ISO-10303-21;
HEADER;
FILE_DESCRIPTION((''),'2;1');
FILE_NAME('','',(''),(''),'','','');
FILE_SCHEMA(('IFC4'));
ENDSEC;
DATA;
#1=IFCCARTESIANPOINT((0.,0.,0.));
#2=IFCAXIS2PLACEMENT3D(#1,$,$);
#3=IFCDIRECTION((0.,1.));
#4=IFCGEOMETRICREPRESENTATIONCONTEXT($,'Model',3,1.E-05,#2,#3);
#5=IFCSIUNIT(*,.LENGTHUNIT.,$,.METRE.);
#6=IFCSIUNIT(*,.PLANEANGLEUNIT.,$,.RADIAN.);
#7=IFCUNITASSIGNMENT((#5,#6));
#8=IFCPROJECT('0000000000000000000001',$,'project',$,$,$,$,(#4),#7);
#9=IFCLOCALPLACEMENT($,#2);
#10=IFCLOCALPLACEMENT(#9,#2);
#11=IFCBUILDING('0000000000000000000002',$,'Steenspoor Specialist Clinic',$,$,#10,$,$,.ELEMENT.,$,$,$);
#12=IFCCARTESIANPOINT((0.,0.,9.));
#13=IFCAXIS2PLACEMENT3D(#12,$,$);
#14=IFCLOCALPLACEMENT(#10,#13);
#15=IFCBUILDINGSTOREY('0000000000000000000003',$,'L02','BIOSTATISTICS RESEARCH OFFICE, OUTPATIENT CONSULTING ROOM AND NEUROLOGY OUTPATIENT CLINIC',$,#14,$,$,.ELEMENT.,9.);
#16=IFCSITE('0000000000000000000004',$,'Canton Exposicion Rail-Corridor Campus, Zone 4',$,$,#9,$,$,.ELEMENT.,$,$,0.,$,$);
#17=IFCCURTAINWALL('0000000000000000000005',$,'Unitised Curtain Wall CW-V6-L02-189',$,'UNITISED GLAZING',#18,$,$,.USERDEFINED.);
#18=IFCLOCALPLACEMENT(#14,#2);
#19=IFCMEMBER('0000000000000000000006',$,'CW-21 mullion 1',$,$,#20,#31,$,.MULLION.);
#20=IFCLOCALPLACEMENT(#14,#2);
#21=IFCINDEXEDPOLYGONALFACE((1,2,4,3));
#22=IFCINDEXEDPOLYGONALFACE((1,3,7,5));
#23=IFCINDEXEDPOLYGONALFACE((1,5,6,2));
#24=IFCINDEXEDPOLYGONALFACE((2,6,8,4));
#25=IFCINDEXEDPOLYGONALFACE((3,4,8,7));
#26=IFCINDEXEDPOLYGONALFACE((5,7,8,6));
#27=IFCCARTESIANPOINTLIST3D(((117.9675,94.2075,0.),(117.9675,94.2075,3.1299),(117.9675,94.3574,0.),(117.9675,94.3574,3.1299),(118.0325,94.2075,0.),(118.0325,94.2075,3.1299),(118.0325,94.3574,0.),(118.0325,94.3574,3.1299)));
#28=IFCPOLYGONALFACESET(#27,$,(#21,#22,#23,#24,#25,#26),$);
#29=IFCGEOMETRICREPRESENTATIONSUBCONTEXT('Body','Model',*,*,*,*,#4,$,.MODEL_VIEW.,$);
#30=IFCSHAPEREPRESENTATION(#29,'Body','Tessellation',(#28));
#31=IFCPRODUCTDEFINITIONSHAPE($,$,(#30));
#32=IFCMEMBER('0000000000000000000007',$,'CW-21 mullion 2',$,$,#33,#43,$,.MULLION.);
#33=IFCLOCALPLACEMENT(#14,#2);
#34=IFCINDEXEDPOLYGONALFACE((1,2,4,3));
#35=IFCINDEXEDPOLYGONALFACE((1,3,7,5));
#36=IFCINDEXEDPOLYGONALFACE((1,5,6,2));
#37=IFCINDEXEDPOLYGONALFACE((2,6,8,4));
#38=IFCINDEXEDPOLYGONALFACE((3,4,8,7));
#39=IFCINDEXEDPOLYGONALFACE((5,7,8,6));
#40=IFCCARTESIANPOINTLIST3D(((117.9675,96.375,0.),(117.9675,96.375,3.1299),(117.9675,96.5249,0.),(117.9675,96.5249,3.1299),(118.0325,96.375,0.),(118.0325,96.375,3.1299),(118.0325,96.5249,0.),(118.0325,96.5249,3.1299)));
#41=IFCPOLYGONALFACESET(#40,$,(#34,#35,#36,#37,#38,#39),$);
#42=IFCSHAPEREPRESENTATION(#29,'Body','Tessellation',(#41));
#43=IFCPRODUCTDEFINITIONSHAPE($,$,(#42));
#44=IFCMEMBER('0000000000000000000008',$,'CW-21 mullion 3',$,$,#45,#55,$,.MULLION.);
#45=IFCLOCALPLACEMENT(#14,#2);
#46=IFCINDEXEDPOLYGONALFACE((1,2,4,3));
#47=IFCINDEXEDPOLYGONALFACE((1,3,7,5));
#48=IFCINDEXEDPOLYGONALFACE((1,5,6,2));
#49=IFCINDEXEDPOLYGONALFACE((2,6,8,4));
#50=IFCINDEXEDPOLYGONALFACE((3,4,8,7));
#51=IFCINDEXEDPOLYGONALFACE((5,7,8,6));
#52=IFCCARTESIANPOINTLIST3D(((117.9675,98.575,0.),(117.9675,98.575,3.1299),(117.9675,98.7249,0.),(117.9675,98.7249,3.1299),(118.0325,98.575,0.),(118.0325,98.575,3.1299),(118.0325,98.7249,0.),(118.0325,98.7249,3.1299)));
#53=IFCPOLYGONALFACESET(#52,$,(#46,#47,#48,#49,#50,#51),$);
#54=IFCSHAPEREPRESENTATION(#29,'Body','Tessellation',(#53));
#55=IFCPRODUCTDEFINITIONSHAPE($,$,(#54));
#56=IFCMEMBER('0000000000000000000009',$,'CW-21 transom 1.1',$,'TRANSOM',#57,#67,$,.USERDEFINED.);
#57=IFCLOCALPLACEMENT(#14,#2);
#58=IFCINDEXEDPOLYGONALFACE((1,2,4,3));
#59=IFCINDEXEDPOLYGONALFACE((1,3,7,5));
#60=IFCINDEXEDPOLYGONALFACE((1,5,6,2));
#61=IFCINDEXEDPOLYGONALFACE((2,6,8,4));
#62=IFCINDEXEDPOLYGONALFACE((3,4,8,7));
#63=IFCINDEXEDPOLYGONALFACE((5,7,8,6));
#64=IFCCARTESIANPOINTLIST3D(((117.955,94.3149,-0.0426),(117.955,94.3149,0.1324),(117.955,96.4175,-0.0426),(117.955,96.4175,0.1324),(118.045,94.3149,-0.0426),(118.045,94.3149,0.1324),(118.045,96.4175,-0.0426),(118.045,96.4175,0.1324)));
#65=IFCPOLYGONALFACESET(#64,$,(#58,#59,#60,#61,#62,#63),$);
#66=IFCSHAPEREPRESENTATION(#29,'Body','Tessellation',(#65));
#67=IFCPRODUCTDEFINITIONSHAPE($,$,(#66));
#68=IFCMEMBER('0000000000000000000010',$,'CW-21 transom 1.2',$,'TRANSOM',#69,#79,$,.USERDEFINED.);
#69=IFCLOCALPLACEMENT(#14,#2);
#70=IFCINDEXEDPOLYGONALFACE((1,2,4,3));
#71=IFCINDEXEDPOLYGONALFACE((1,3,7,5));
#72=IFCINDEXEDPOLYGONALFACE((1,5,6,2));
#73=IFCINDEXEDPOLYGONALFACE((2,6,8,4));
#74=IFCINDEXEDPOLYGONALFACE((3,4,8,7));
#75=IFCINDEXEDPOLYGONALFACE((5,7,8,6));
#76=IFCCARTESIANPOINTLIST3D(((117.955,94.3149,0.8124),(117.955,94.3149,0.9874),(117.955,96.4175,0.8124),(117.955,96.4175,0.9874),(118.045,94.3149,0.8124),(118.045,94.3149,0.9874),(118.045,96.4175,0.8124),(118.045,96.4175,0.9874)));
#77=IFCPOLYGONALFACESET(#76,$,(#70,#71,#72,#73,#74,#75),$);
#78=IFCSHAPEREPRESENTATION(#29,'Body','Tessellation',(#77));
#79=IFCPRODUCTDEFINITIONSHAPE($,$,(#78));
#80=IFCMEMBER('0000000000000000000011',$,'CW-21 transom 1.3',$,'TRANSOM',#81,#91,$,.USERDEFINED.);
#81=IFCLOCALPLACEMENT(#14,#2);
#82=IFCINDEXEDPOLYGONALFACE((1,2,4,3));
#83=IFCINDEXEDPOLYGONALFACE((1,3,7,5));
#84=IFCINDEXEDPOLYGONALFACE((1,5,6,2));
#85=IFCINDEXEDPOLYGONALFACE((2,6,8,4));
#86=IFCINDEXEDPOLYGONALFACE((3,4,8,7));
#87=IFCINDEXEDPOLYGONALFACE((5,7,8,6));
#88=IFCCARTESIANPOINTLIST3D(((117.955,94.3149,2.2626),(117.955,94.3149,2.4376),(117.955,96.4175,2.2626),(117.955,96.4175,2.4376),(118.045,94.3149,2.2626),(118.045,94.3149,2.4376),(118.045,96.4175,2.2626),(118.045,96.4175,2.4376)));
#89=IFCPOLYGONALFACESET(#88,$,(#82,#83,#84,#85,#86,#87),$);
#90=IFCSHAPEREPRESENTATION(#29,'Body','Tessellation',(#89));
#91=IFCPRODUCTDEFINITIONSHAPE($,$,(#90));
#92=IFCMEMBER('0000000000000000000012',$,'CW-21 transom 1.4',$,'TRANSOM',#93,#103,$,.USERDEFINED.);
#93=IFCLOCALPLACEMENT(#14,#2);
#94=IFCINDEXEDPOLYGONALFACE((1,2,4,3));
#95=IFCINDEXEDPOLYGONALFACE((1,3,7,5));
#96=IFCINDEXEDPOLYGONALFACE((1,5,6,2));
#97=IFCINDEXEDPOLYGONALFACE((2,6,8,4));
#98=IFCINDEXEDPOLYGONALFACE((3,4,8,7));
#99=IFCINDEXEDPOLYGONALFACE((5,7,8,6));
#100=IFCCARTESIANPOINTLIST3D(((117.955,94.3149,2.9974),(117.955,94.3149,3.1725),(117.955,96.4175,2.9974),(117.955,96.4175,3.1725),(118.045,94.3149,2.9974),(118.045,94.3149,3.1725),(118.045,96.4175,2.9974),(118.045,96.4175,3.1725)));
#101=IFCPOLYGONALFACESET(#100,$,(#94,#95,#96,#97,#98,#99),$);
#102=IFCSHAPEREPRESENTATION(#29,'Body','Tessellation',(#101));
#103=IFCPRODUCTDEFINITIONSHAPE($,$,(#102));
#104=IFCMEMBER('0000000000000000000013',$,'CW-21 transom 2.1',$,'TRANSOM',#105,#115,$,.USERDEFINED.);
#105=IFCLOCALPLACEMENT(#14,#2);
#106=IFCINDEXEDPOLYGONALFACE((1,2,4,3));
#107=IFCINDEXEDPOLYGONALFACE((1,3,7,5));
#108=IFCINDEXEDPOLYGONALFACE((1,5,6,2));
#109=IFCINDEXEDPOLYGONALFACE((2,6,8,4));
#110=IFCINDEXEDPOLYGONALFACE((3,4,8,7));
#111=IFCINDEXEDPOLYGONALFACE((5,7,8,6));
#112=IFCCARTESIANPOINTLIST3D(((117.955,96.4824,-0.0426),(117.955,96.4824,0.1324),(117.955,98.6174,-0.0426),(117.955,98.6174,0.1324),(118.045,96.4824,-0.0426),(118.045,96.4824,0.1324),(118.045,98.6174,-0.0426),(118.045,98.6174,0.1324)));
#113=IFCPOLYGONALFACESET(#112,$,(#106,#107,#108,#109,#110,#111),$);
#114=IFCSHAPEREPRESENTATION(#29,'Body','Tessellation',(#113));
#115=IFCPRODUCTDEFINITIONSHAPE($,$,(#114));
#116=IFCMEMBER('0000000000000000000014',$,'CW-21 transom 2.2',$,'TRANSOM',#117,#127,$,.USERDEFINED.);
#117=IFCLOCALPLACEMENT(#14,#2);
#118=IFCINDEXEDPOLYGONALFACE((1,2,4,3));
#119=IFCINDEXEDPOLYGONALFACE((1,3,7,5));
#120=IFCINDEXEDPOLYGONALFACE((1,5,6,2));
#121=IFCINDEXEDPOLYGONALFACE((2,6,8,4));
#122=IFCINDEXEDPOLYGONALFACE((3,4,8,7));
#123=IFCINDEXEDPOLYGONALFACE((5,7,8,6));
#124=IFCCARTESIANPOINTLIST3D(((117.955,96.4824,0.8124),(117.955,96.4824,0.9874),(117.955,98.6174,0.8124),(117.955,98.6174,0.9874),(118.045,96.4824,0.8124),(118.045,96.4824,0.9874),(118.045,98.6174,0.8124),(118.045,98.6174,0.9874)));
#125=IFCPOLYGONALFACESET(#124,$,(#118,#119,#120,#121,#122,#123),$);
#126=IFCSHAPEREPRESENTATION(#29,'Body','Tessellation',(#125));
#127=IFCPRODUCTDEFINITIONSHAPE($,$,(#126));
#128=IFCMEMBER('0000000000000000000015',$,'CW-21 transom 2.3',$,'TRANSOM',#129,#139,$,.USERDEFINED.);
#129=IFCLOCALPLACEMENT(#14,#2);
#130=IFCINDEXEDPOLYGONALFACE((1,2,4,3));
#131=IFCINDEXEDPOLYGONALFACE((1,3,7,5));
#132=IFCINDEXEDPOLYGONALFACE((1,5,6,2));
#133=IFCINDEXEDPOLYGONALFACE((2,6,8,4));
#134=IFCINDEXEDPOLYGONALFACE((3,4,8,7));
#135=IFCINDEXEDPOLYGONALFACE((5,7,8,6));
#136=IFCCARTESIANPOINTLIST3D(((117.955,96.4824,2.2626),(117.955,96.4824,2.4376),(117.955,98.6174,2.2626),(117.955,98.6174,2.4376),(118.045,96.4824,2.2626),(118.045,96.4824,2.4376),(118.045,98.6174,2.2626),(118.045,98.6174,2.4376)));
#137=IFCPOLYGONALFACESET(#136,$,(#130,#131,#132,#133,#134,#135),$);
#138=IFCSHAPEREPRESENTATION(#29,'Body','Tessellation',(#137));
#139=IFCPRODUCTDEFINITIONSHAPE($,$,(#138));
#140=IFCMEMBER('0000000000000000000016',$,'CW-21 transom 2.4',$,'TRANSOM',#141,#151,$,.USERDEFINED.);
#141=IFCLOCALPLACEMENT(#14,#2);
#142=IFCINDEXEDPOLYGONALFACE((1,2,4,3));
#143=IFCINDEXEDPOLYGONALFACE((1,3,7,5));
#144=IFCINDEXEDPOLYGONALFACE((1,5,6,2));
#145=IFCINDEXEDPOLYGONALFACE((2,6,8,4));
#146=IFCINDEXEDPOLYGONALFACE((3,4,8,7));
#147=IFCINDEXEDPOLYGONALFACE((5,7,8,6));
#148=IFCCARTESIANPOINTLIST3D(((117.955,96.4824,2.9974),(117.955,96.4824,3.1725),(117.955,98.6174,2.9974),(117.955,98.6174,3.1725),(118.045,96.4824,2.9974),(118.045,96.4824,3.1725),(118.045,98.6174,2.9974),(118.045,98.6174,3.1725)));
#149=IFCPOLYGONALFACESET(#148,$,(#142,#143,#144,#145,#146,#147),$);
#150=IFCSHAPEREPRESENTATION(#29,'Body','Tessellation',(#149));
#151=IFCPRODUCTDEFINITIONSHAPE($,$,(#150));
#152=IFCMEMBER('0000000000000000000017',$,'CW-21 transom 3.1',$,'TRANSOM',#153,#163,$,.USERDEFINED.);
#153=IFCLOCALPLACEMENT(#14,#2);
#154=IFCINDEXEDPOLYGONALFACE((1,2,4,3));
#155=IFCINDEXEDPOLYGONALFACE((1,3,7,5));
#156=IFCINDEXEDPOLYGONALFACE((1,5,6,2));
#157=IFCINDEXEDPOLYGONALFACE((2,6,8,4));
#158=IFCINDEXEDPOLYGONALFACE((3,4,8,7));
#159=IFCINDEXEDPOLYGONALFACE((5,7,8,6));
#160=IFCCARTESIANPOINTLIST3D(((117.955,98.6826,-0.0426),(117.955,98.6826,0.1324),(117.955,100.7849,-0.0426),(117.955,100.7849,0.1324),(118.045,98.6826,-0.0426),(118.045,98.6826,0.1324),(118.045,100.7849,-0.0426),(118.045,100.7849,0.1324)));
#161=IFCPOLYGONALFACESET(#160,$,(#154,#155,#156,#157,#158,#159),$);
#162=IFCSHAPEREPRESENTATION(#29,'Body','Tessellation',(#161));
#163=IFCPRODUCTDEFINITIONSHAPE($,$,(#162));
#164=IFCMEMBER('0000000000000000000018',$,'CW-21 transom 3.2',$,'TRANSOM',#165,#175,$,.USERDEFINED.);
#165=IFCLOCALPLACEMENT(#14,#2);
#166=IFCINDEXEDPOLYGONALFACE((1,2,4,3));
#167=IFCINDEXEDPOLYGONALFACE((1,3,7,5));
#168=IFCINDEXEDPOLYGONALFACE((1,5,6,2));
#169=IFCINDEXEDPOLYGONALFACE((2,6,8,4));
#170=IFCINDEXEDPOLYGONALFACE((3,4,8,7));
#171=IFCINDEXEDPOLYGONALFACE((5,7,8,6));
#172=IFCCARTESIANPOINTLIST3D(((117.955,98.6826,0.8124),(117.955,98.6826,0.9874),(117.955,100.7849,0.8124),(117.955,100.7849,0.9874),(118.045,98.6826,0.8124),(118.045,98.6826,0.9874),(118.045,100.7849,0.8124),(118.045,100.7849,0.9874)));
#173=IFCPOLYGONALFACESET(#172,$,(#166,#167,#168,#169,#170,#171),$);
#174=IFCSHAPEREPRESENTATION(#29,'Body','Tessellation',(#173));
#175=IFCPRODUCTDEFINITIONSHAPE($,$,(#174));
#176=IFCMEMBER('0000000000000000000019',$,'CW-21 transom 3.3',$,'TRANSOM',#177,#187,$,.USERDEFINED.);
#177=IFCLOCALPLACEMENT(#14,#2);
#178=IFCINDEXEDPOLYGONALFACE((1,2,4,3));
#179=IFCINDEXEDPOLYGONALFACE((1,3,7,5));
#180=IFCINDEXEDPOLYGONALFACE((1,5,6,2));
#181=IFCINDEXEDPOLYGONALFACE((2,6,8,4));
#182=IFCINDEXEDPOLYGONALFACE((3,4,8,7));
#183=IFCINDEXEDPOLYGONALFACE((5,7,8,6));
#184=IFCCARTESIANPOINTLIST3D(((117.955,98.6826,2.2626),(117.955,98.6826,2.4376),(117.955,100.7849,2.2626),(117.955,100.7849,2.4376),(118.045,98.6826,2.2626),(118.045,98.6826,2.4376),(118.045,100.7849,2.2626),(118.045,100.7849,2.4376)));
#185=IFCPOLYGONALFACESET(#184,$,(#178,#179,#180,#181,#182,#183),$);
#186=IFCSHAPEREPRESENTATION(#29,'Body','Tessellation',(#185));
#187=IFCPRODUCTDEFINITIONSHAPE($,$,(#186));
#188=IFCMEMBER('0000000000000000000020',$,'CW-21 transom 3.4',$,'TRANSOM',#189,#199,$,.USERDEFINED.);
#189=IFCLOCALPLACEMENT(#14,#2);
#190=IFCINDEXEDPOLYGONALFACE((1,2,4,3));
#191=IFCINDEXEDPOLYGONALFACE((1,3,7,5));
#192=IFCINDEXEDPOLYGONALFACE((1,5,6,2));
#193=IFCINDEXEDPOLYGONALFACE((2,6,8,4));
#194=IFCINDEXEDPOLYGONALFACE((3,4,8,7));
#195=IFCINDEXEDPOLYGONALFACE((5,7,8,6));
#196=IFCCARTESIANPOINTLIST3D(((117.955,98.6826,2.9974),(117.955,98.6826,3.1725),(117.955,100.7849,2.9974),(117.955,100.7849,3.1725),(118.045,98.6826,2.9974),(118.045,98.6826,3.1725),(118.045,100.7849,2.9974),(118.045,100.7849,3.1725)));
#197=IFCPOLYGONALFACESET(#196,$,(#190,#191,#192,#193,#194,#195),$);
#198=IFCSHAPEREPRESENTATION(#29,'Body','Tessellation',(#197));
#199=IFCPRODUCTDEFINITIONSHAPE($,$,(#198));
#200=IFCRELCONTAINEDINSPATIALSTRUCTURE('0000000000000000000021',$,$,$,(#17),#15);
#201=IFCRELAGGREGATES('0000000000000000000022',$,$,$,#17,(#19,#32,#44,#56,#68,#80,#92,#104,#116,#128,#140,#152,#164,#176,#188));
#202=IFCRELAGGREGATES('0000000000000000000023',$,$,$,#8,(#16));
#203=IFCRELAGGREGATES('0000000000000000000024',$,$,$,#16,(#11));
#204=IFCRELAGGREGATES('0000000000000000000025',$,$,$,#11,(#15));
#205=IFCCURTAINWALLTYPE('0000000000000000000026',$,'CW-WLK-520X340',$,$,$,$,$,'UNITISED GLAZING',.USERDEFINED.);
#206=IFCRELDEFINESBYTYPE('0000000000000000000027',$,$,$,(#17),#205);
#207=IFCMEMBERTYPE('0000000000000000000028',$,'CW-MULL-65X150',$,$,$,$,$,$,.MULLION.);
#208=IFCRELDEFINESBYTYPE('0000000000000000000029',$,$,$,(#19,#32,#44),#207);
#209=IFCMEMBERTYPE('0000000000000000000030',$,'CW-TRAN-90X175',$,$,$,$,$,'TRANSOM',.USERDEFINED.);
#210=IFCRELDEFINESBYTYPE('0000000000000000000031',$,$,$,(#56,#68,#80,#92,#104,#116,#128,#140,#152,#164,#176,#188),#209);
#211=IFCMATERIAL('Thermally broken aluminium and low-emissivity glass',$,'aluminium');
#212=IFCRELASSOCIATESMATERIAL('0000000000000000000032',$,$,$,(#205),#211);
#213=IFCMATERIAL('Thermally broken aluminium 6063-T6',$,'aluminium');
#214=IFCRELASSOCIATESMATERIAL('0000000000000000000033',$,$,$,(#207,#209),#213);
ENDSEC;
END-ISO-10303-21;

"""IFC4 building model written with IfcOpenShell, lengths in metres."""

from ifc_helpers import new_model, si_unit, direction, frame, origin, origin_2d, place, context, subcontext, project, spatial, rectangle, extrude, material, material_profile, profile_set, type_object, element, aggregate, save


model = new_model("IFC4")

# Units and contexts
model_context = context("Model", 3, precision=1e-05, world=origin(), true_north=direction((0.0, 1.0)))
body_context = subcontext(model_context, "Body", "Model", "MODEL_VIEW")
ifc_project = project(units=[si_unit("LENGTHUNIT", "METRE"), si_unit("PLANEANGLEUNIT", "RADIAN")], contexts=[model_context])

# Site, building, storey
site_placement = place(None, origin())
site = spatial("IfcSite", under=ifc_project, at=site_placement, Name="Canton Exposicion Rail-Corridor Campus, Zone 4", CompositionType="ELEMENT", RefElevation=0.0)
building_placement = place(site_placement, origin())
building = spatial("IfcBuilding", under=site, at=building_placement, Name="Steenspoor Specialist Clinic", CompositionType="ELEMENT")
storey_placement = place(building_placement, frame((0.0, 0.0, 9.0)))
storey = spatial("IfcBuildingStorey", under=building, at=storey_placement, Name="L02", Description="BIOSTATISTICS RESEARCH OFFICE, OUTPATIENT CONSULTING ROOM AND NEUROLOGY OUTPATIENT CLINIC", CompositionType="ELEMENT", Elevation=9.0)

# Curtain wall, members
ifc_material_1 = material(Name="Thermally broken aluminium and low-emissivity glass", Category="aluminium")
curtain_wall_type = type_object("IfcCurtainWallType", Name="CW-WLK-520X340", ElementType="UNITISED GLAZING", PredefinedType="USERDEFINED", material=ifc_material_1)
curtain_wall_placement = place(storey_placement, origin())
curtain_wall = element("IfcCurtainWall", 1, at=curtain_wall_placement, inside=storey, type_object=curtain_wall_type, Name="Unitised Curtain Wall CW-V6-L02-189", ObjectType="UNITISED GLAZING", PredefinedType="USERDEFINED")
ifc_material_2 = material(Name="Thermally broken aluminium 6063-T6", Category="aluminium")
ifc_material_profile_1 = material_profile(ifc_material_2, rectangle(XDim=0.0649, YDim=0.1499, at=origin_2d()), Name="CWM-65X150")
ifc_profile_set_1 = profile_set([ifc_material_profile_1], Name="Thermally broken aluminium 6063-T6")
member_type_1 = type_object("IfcMemberType", Name="CW-MULL-65X150", PredefinedType="MULLION", material=ifc_profile_set_1)
member_1_placement = place(storey_placement, frame((118.0, 94.2825, 0.0), z_axis=(0.0, 0.0, 1.0), x_axis=(-1.0, 0.0, 0.0)))
member_1 = element("IfcMember", 2, at=member_1_placement, type_object=member_type_1, Name="CW-21 mullion 1", PredefinedType="MULLION", context=body_context, shape_type="SweptSolid", body=[
    extrude(rectangle(XDim=0.0649, YDim=0.1499, at=origin_2d()), origin(), (0.0, 0.0, 1.0), 3.1299),
])
member_2_placement = place(storey_placement, frame((118.0, 96.45, 0.0), z_axis=(0.0, 0.0, 1.0), x_axis=(-1.0, 0.0, 0.0)))
member_2 = element("IfcMember", 3, at=member_2_placement, type_object=member_type_1, Name="CW-21 mullion 2", PredefinedType="MULLION", context=body_context, shape_type="SweptSolid", body=[
    extrude(rectangle(XDim=0.0649, YDim=0.1499, at=origin_2d()), origin(), (0.0, 0.0, 1.0), 3.1299),
])
member_3_placement = place(storey_placement, frame((118.0, 98.6499, 0.0), z_axis=(0.0, 0.0, 1.0), x_axis=(-1.0, 0.0, 0.0)))
member_3 = element("IfcMember", 4, at=member_3_placement, type_object=member_type_1, Name="CW-21 mullion 3", PredefinedType="MULLION", context=body_context, shape_type="SweptSolid", body=[
    extrude(rectangle(XDim=0.0649, YDim=0.1499, at=origin_2d()), origin(), (0.0, 0.0, 1.0), 3.1299),
])
ifc_material_profile_2 = material_profile(ifc_material_2, rectangle(XDim=0.0901, YDim=0.175, at=origin_2d()), Name="CWT-90X175")
ifc_profile_set_2 = profile_set([ifc_material_profile_2], Name="Thermally broken aluminium 6063-T6")
member_type_2 = type_object("IfcMemberType", Name="CW-TRAN-90X175", ElementType="TRANSOM", PredefinedType="USERDEFINED", material=ifc_profile_set_2)
member_4_placement = place(storey_placement, frame((118.0, 94.3149, 0.0449), z_axis=(0.0, 1.0, 0.0), x_axis=(-1.0, 0.0, 0.0)))
member_4 = element("IfcMember", 5, at=member_4_placement, type_object=member_type_2, Name="CW-21 transom 1.1", ObjectType="TRANSOM", PredefinedType="USERDEFINED", context=body_context, shape_type="SweptSolid", body=[
    extrude(rectangle(XDim=0.0901, YDim=0.175, at=origin_2d()), origin(), (0.0, 0.0, 1.0), 2.1025),
])
member_5_placement = place(storey_placement, frame((118.0, 94.3149, 0.8999), z_axis=(0.0, 1.0, 0.0), x_axis=(-1.0, 0.0, 0.0)))
member_5 = element("IfcMember", 6, at=member_5_placement, type_object=member_type_2, Name="CW-21 transom 1.2", ObjectType="TRANSOM", PredefinedType="USERDEFINED", context=body_context, shape_type="SweptSolid", body=[
    extrude(rectangle(XDim=0.0901, YDim=0.175, at=origin_2d()), origin(), (0.0, 0.0, 1.0), 2.1025),
])
member_6_placement = place(storey_placement, frame((118.0, 94.3149, 2.3501), z_axis=(0.0, 1.0, 0.0), x_axis=(-1.0, 0.0, 0.0)))
member_6 = element("IfcMember", 7, at=member_6_placement, type_object=member_type_2, Name="CW-21 transom 1.3", ObjectType="TRANSOM", PredefinedType="USERDEFINED", context=body_context, shape_type="SweptSolid", body=[
    extrude(rectangle(XDim=0.0901, YDim=0.175, at=origin_2d()), origin(), (0.0, 0.0, 1.0), 2.1025),
])
member_7_placement = place(storey_placement, frame((118.0, 94.3149, 3.085), z_axis=(0.0, 1.0, 0.0), x_axis=(-1.0, 0.0, 0.0)))
member_7 = element("IfcMember", 8, at=member_7_placement, type_object=member_type_2, Name="CW-21 transom 1.4", ObjectType="TRANSOM", PredefinedType="USERDEFINED", context=body_context, shape_type="SweptSolid", body=[
    extrude(rectangle(XDim=0.0901, YDim=0.175, at=origin_2d()), origin(), (0.0, 0.0, 1.0), 2.1025),
])
member_8_placement = place(storey_placement, frame((118.0, 96.4824, 0.0449), z_axis=(0.0, 1.0, 0.0), x_axis=(-1.0, 0.0, 0.0)))
member_8 = element("IfcMember", 9, at=member_8_placement, type_object=member_type_2, Name="CW-21 transom 2.1", ObjectType="TRANSOM", PredefinedType="USERDEFINED", context=body_context, shape_type="SweptSolid", body=[
    extrude(rectangle(XDim=0.0901, YDim=0.175, at=origin_2d()), origin(), (0.0, 0.0, 1.0), 2.135),
])
member_9_placement = place(storey_placement, frame((118.0, 96.4824, 0.8999), z_axis=(0.0, 1.0, 0.0), x_axis=(-1.0, 0.0, 0.0)))
member_9 = element("IfcMember", 10, at=member_9_placement, type_object=member_type_2, Name="CW-21 transom 2.2", ObjectType="TRANSOM", PredefinedType="USERDEFINED", context=body_context, shape_type="SweptSolid", body=[
    extrude(rectangle(XDim=0.0901, YDim=0.175, at=origin_2d()), origin(), (0.0, 0.0, 1.0), 2.135),
])
member_10_placement = place(storey_placement, frame((118.0, 96.4824, 2.3501), z_axis=(0.0, 1.0, 0.0), x_axis=(-1.0, 0.0, 0.0)))
member_10 = element("IfcMember", 11, at=member_10_placement, type_object=member_type_2, Name="CW-21 transom 2.3", ObjectType="TRANSOM", PredefinedType="USERDEFINED", context=body_context, shape_type="SweptSolid", body=[
    extrude(rectangle(XDim=0.0901, YDim=0.175, at=origin_2d()), origin(), (0.0, 0.0, 1.0), 2.135),
])
member_11_placement = place(storey_placement, frame((118.0, 96.4824, 3.085), z_axis=(0.0, 1.0, 0.0), x_axis=(-1.0, 0.0, 0.0)))
member_11 = element("IfcMember", 12, at=member_11_placement, type_object=member_type_2, Name="CW-21 transom 2.4", ObjectType="TRANSOM", PredefinedType="USERDEFINED", context=body_context, shape_type="SweptSolid", body=[
    extrude(rectangle(XDim=0.0901, YDim=0.175, at=origin_2d()), origin(), (0.0, 0.0, 1.0), 2.135),
])
member_12_placement = place(storey_placement, frame((118.0, 98.6826, 0.0449), z_axis=(0.0, 1.0, 0.0), x_axis=(-1.0, 0.0, 0.0)))
member_12 = element("IfcMember", 13, at=member_12_placement, type_object=member_type_2, Name="CW-21 transom 3.1", ObjectType="TRANSOM", PredefinedType="USERDEFINED", context=body_context, shape_type="SweptSolid", body=[
    extrude(rectangle(XDim=0.0901, YDim=0.175, at=origin_2d()), origin(), (0.0, 0.0, 1.0), 2.1023),
])
member_13_placement = place(storey_placement, frame((118.0, 98.6826, 0.8999), z_axis=(0.0, 1.0, 0.0), x_axis=(-1.0, 0.0, 0.0)))
member_13 = element("IfcMember", 14, at=member_13_placement, type_object=member_type_2, Name="CW-21 transom 3.2", ObjectType="TRANSOM", PredefinedType="USERDEFINED", context=body_context, shape_type="SweptSolid", body=[
    extrude(rectangle(XDim=0.0901, YDim=0.175, at=origin_2d()), origin(), (0.0, 0.0, 1.0), 2.1023),
])
member_14_placement = place(storey_placement, frame((118.0, 98.6826, 2.3501), z_axis=(0.0, 1.0, 0.0), x_axis=(-1.0, 0.0, 0.0)))
member_14 = element("IfcMember", 15, at=member_14_placement, type_object=member_type_2, Name="CW-21 transom 3.3", ObjectType="TRANSOM", PredefinedType="USERDEFINED", context=body_context, shape_type="SweptSolid", body=[
    extrude(rectangle(XDim=0.0901, YDim=0.175, at=origin_2d()), origin(), (0.0, 0.0, 1.0), 2.1023),
])
member_15_placement = place(storey_placement, frame((118.0, 98.6826, 3.085), z_axis=(0.0, 1.0, 0.0), x_axis=(-1.0, 0.0, 0.0)))
member_15 = element("IfcMember", 16, at=member_15_placement, type_object=member_type_2, Name="CW-21 transom 3.4", ObjectType="TRANSOM", PredefinedType="USERDEFINED", context=body_context, shape_type="SweptSolid", body=[
    extrude(rectangle(XDim=0.0901, YDim=0.175, at=origin_2d()), origin(), (0.0, 0.0, 1.0), 2.1023),
])

aggregate(curtain_wall, [member_1, member_2, member_3, member_4, member_5, member_6, member_7, member_8, member_9, member_10, member_11, member_12, member_13, member_14, member_15])

save(model, "model.ifc")
